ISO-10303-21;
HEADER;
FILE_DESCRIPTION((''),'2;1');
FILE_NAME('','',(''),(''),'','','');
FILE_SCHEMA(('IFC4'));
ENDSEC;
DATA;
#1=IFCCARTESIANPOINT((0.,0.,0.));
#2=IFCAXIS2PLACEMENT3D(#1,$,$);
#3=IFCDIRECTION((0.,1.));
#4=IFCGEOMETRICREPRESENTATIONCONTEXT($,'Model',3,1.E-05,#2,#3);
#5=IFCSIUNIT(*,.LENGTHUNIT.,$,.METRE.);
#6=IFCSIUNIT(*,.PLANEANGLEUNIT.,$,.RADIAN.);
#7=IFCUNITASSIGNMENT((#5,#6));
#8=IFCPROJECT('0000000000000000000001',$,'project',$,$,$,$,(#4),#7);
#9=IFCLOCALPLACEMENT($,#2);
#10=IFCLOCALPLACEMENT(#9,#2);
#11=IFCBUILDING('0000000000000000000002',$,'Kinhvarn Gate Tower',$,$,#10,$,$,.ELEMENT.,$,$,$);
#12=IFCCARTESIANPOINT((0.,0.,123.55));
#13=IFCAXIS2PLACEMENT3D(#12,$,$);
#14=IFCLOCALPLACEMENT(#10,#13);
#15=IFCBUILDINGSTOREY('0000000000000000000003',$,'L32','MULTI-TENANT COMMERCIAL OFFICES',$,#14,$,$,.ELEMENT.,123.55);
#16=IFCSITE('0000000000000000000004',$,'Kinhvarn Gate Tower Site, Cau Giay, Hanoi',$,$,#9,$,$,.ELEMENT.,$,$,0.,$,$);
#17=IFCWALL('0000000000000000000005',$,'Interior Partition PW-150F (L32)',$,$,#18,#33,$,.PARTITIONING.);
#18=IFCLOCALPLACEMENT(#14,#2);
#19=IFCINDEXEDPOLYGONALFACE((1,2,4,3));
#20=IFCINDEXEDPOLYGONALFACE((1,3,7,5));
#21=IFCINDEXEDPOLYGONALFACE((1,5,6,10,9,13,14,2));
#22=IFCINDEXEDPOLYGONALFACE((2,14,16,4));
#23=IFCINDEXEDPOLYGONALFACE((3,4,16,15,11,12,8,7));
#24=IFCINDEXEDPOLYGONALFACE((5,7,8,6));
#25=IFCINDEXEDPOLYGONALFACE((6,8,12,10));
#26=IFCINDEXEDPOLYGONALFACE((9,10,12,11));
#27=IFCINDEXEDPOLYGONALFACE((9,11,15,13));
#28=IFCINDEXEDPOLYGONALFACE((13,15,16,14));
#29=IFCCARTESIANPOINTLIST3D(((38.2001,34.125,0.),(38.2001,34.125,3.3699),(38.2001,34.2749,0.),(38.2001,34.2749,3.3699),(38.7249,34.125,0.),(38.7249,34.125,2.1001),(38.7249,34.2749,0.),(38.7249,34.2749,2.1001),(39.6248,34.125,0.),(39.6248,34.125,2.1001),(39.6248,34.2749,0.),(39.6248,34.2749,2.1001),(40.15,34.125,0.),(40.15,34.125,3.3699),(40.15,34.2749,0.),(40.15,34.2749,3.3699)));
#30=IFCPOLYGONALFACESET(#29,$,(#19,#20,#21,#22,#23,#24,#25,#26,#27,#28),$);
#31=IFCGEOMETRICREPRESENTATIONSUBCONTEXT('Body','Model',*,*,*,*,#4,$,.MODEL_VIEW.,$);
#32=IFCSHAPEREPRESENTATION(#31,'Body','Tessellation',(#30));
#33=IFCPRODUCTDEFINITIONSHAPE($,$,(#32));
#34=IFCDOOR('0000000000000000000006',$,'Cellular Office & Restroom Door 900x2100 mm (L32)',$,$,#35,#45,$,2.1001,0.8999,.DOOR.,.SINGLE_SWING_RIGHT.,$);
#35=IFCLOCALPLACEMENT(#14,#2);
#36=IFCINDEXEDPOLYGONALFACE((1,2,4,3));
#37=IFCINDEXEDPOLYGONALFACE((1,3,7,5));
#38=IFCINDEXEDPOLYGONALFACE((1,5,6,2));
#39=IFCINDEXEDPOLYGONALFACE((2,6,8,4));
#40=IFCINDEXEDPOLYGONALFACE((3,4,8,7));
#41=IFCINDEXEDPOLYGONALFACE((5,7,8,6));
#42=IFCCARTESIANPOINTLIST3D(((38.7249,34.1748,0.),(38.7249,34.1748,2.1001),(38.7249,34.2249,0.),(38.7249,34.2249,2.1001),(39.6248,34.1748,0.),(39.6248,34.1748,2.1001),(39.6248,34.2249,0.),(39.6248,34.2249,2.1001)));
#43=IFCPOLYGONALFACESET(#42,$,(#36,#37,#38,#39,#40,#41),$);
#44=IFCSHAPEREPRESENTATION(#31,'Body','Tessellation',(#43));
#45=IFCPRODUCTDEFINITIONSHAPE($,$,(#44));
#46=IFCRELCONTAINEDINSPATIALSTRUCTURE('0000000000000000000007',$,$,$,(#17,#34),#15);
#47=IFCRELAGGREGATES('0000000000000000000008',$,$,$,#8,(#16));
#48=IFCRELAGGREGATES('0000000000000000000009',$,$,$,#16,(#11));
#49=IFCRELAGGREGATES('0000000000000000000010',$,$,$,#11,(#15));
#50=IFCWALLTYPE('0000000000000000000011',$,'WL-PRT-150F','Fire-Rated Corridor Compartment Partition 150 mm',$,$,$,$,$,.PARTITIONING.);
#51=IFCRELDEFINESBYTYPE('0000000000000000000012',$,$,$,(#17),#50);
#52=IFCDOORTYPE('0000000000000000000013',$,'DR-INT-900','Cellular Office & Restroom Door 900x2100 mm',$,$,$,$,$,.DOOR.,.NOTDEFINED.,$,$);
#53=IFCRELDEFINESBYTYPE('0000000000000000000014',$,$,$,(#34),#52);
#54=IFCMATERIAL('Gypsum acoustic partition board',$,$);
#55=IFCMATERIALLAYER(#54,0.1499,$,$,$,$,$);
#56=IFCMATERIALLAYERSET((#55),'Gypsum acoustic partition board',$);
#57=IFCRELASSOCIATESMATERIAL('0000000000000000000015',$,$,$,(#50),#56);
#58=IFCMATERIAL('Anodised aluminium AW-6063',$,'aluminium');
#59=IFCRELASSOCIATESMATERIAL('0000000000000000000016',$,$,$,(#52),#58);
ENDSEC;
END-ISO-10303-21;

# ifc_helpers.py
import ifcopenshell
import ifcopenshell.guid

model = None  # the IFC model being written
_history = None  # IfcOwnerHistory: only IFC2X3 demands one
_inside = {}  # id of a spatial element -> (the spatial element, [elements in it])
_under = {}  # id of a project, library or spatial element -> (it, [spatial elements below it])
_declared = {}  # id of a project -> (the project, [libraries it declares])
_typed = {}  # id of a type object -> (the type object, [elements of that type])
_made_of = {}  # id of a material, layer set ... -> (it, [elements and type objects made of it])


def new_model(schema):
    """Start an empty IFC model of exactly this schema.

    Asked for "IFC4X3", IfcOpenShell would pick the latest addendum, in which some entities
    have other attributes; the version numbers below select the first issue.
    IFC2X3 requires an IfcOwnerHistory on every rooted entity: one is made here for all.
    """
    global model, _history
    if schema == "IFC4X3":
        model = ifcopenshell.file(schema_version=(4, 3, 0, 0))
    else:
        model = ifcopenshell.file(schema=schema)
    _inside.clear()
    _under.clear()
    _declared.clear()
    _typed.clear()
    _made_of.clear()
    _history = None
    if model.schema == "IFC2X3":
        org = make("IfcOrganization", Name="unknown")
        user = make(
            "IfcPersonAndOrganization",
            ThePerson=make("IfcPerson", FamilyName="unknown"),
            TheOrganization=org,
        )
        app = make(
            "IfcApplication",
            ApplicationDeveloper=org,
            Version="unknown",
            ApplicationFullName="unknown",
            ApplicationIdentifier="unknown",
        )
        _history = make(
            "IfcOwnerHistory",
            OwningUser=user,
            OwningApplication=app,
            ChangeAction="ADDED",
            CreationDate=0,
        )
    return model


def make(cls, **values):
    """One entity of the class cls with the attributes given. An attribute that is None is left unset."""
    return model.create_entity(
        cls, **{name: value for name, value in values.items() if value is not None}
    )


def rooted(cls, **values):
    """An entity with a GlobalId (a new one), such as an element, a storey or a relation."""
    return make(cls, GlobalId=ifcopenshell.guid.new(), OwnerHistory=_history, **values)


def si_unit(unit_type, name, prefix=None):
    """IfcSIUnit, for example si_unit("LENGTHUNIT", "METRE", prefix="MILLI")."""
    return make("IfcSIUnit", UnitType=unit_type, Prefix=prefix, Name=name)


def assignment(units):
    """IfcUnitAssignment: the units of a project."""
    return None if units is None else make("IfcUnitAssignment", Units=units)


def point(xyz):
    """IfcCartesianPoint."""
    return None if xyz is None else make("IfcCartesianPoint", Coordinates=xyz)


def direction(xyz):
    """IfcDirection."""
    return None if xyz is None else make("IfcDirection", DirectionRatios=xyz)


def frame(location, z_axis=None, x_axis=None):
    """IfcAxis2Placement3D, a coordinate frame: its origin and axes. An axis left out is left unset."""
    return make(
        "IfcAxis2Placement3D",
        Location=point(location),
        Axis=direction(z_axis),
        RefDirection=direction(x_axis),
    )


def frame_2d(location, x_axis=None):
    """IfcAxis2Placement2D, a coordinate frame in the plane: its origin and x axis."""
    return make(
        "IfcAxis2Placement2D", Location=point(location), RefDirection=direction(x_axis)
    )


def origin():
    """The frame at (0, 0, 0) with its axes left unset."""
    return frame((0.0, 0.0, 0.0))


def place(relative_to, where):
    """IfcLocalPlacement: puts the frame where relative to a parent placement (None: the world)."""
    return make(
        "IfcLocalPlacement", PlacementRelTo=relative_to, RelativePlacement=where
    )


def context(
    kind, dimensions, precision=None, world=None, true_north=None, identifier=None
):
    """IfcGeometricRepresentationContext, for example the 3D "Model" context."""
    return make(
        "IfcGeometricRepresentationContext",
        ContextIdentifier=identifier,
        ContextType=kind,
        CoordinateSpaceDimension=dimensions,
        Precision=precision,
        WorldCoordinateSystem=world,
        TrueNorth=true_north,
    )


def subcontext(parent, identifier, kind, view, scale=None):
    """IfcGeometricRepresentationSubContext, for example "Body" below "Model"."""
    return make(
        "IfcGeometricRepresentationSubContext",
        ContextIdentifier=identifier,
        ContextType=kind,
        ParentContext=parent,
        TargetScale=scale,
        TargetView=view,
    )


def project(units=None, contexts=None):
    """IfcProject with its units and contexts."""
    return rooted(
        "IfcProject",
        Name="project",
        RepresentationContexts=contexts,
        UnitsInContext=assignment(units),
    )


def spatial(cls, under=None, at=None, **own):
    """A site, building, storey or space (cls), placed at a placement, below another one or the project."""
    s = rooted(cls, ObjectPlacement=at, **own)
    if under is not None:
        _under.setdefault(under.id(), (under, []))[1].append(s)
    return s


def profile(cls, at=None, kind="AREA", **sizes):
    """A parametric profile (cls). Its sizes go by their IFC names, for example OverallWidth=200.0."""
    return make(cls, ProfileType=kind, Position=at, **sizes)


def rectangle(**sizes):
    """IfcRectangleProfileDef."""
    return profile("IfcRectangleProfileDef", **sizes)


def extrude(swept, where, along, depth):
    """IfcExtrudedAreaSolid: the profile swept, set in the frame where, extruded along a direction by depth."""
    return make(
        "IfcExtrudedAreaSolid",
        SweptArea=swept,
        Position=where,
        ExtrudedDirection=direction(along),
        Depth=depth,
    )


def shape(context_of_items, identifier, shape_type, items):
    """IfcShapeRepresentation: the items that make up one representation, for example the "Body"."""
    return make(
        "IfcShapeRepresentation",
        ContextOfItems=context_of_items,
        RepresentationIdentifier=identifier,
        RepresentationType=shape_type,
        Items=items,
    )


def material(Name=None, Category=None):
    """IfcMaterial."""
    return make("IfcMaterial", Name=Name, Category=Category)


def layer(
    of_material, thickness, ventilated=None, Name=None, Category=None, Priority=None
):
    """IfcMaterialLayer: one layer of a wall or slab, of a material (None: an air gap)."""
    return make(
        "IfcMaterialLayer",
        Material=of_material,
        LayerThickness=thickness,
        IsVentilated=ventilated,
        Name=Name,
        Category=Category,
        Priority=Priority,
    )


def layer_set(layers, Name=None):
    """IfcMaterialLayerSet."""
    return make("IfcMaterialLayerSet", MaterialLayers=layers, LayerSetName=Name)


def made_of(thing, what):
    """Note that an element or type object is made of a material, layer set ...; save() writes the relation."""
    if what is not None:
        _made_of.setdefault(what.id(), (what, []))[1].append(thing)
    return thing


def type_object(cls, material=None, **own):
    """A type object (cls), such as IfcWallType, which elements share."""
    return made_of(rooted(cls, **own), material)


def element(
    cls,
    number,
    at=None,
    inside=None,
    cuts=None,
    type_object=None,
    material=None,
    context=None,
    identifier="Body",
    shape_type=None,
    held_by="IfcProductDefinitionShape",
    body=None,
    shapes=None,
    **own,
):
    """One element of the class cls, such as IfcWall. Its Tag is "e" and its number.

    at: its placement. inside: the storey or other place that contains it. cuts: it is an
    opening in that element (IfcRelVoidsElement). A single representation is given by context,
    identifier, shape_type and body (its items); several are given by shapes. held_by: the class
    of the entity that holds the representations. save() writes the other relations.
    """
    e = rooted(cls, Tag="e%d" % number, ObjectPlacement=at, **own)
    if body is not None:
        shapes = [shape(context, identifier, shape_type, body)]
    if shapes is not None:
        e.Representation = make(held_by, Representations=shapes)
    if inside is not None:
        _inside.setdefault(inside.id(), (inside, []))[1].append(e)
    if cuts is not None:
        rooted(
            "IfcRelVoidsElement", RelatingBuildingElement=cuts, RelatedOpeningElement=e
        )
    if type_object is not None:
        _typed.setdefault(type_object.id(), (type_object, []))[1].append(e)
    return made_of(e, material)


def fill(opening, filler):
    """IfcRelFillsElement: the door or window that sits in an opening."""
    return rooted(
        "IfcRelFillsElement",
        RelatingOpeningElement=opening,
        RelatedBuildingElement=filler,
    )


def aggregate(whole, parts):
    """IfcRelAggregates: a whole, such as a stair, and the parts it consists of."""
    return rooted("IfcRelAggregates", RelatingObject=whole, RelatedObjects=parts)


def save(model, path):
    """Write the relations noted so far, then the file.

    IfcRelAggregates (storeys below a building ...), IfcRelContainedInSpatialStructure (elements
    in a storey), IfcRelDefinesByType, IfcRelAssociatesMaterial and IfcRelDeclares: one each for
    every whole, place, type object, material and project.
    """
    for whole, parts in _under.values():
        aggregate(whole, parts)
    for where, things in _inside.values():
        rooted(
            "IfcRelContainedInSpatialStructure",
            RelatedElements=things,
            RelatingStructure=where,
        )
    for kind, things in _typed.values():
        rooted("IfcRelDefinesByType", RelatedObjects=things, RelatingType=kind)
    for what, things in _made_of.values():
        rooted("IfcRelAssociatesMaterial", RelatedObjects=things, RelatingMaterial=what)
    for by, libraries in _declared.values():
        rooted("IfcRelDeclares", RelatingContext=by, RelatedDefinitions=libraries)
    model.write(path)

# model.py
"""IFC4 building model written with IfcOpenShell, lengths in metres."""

from ifc_helpers import new_model, si_unit, direction, frame, frame_2d, origin, place, context, subcontext, project, spatial, rectangle, extrude, material, layer, layer_set, type_object, element, fill, save


model = new_model("IFC4")

# Units and contexts
model_context = context("Model", 3, precision=1e-05, world=origin(), true_north=direction((0.0, 1.0)))
body_context = subcontext(model_context, "Body", "Model", "MODEL_VIEW")
ifc_project = project(units=[si_unit("LENGTHUNIT", "METRE"), si_unit("PLANEANGLEUNIT", "RADIAN")], contexts=[model_context])

# Site, building, storey
site_placement = place(None, origin())
site = spatial("IfcSite", under=ifc_project, at=site_placement, Name="Kinhvarn Gate Tower Site, Cau Giay, Hanoi", CompositionType="ELEMENT", RefElevation=0.0)
building_placement = place(site_placement, origin())
building = spatial("IfcBuilding", under=site, at=building_placement, Name="Kinhvarn Gate Tower", CompositionType="ELEMENT")
storey_placement = place(building_placement, frame((0.0, 0.0, 123.55)))
storey = spatial("IfcBuildingStorey", under=building, at=storey_placement, Name="L32", Description="MULTI-TENANT COMMERCIAL OFFICES", CompositionType="ELEMENT", Elevation=123.55)

# Shared definitions
ifc_material_1 = material(Name="Anodised aluminium AW-6063", Category="aluminium")

# Shared definitions
ifc_material_2 = material(Name="Gypsum acoustic partition board")

# Wall, opening, door
ifc_layer_1 = layer(ifc_material_2, 0.1499)
ifc_layer_set_1 = layer_set([ifc_layer_1], Name="Gypsum acoustic partition board")
wall_type_1 = type_object("IfcWallType", Name="WL-PRT-150F", Description="Fire-Rated Corridor Compartment Partition 150 mm", PredefinedType="PARTITIONING", material=ifc_layer_set_1)
wall_1_placement = place(storey_placement, frame((38.2, 34.2, 0.0), z_axis=(0.0, 0.0, 1.0), x_axis=(1.0, 0.0, 0.0)))
wall_1 = element("IfcWall", 1, at=wall_1_placement, inside=storey, type_object=wall_type_1, Name="Interior Partition PW-150F (L32)", PredefinedType="PARTITIONING", context=body_context, shape_type="SweptSolid", body=[
    extrude(rectangle(XDim=1.95, YDim=0.1499, at=frame_2d((0.9751, 0.0))), origin(), (0.0, 0.0, 1.0), 3.3699),
])
opening_1_placement = place(wall_1_placement, frame((0.5249, 0.0, 0.0)))
opening_1 = element("IfcOpeningElement", 2, at=opening_1_placement, cuts=wall_1, PredefinedType="OPENING", context=body_context, shape_type="SweptSolid", body=[
    extrude(rectangle(XDim=0.8999, YDim=2.1001, at=frame_2d((0.45, 1.05))), frame((0.0, 0.085, 0.0), z_axis=(0.0, -1.0, 0.0), x_axis=(1.0, 0.0, 0.0)), (0.0, 0.0, 1.0), 0.1699),
])
door_type_1 = type_object("IfcDoorType", Name="DR-INT-900", Description="Cellular Office & Restroom Door 900x2100 mm", OperationType="NOTDEFINED", PredefinedType="DOOR", material=ifc_material_1)
door_1_placement = place(opening_1_placement, origin())
door_1 = element("IfcDoor", 3, at=door_1_placement, inside=storey, type_object=door_type_1, Name="Cellular Office & Restroom Door 900x2100 mm (L32)", OperationType="SINGLE_SWING_RIGHT", OverallHeight=2.1001, OverallWidth=0.8999, PredefinedType="DOOR", context=body_context, shape_type="SweptSolid", body=[
    extrude(rectangle(XDim=0.8999, YDim=2.1001, at=frame_2d((0.45, 1.05))), frame((0.0, 0.0249, 0.0), z_axis=(0.0, -1.0, 0.0), x_axis=(1.0, 0.0, 0.0)), (0.0, 0.0, 1.0), 0.05),
])
fill(opening_1, door_1)

save(model, "model.ifc")
